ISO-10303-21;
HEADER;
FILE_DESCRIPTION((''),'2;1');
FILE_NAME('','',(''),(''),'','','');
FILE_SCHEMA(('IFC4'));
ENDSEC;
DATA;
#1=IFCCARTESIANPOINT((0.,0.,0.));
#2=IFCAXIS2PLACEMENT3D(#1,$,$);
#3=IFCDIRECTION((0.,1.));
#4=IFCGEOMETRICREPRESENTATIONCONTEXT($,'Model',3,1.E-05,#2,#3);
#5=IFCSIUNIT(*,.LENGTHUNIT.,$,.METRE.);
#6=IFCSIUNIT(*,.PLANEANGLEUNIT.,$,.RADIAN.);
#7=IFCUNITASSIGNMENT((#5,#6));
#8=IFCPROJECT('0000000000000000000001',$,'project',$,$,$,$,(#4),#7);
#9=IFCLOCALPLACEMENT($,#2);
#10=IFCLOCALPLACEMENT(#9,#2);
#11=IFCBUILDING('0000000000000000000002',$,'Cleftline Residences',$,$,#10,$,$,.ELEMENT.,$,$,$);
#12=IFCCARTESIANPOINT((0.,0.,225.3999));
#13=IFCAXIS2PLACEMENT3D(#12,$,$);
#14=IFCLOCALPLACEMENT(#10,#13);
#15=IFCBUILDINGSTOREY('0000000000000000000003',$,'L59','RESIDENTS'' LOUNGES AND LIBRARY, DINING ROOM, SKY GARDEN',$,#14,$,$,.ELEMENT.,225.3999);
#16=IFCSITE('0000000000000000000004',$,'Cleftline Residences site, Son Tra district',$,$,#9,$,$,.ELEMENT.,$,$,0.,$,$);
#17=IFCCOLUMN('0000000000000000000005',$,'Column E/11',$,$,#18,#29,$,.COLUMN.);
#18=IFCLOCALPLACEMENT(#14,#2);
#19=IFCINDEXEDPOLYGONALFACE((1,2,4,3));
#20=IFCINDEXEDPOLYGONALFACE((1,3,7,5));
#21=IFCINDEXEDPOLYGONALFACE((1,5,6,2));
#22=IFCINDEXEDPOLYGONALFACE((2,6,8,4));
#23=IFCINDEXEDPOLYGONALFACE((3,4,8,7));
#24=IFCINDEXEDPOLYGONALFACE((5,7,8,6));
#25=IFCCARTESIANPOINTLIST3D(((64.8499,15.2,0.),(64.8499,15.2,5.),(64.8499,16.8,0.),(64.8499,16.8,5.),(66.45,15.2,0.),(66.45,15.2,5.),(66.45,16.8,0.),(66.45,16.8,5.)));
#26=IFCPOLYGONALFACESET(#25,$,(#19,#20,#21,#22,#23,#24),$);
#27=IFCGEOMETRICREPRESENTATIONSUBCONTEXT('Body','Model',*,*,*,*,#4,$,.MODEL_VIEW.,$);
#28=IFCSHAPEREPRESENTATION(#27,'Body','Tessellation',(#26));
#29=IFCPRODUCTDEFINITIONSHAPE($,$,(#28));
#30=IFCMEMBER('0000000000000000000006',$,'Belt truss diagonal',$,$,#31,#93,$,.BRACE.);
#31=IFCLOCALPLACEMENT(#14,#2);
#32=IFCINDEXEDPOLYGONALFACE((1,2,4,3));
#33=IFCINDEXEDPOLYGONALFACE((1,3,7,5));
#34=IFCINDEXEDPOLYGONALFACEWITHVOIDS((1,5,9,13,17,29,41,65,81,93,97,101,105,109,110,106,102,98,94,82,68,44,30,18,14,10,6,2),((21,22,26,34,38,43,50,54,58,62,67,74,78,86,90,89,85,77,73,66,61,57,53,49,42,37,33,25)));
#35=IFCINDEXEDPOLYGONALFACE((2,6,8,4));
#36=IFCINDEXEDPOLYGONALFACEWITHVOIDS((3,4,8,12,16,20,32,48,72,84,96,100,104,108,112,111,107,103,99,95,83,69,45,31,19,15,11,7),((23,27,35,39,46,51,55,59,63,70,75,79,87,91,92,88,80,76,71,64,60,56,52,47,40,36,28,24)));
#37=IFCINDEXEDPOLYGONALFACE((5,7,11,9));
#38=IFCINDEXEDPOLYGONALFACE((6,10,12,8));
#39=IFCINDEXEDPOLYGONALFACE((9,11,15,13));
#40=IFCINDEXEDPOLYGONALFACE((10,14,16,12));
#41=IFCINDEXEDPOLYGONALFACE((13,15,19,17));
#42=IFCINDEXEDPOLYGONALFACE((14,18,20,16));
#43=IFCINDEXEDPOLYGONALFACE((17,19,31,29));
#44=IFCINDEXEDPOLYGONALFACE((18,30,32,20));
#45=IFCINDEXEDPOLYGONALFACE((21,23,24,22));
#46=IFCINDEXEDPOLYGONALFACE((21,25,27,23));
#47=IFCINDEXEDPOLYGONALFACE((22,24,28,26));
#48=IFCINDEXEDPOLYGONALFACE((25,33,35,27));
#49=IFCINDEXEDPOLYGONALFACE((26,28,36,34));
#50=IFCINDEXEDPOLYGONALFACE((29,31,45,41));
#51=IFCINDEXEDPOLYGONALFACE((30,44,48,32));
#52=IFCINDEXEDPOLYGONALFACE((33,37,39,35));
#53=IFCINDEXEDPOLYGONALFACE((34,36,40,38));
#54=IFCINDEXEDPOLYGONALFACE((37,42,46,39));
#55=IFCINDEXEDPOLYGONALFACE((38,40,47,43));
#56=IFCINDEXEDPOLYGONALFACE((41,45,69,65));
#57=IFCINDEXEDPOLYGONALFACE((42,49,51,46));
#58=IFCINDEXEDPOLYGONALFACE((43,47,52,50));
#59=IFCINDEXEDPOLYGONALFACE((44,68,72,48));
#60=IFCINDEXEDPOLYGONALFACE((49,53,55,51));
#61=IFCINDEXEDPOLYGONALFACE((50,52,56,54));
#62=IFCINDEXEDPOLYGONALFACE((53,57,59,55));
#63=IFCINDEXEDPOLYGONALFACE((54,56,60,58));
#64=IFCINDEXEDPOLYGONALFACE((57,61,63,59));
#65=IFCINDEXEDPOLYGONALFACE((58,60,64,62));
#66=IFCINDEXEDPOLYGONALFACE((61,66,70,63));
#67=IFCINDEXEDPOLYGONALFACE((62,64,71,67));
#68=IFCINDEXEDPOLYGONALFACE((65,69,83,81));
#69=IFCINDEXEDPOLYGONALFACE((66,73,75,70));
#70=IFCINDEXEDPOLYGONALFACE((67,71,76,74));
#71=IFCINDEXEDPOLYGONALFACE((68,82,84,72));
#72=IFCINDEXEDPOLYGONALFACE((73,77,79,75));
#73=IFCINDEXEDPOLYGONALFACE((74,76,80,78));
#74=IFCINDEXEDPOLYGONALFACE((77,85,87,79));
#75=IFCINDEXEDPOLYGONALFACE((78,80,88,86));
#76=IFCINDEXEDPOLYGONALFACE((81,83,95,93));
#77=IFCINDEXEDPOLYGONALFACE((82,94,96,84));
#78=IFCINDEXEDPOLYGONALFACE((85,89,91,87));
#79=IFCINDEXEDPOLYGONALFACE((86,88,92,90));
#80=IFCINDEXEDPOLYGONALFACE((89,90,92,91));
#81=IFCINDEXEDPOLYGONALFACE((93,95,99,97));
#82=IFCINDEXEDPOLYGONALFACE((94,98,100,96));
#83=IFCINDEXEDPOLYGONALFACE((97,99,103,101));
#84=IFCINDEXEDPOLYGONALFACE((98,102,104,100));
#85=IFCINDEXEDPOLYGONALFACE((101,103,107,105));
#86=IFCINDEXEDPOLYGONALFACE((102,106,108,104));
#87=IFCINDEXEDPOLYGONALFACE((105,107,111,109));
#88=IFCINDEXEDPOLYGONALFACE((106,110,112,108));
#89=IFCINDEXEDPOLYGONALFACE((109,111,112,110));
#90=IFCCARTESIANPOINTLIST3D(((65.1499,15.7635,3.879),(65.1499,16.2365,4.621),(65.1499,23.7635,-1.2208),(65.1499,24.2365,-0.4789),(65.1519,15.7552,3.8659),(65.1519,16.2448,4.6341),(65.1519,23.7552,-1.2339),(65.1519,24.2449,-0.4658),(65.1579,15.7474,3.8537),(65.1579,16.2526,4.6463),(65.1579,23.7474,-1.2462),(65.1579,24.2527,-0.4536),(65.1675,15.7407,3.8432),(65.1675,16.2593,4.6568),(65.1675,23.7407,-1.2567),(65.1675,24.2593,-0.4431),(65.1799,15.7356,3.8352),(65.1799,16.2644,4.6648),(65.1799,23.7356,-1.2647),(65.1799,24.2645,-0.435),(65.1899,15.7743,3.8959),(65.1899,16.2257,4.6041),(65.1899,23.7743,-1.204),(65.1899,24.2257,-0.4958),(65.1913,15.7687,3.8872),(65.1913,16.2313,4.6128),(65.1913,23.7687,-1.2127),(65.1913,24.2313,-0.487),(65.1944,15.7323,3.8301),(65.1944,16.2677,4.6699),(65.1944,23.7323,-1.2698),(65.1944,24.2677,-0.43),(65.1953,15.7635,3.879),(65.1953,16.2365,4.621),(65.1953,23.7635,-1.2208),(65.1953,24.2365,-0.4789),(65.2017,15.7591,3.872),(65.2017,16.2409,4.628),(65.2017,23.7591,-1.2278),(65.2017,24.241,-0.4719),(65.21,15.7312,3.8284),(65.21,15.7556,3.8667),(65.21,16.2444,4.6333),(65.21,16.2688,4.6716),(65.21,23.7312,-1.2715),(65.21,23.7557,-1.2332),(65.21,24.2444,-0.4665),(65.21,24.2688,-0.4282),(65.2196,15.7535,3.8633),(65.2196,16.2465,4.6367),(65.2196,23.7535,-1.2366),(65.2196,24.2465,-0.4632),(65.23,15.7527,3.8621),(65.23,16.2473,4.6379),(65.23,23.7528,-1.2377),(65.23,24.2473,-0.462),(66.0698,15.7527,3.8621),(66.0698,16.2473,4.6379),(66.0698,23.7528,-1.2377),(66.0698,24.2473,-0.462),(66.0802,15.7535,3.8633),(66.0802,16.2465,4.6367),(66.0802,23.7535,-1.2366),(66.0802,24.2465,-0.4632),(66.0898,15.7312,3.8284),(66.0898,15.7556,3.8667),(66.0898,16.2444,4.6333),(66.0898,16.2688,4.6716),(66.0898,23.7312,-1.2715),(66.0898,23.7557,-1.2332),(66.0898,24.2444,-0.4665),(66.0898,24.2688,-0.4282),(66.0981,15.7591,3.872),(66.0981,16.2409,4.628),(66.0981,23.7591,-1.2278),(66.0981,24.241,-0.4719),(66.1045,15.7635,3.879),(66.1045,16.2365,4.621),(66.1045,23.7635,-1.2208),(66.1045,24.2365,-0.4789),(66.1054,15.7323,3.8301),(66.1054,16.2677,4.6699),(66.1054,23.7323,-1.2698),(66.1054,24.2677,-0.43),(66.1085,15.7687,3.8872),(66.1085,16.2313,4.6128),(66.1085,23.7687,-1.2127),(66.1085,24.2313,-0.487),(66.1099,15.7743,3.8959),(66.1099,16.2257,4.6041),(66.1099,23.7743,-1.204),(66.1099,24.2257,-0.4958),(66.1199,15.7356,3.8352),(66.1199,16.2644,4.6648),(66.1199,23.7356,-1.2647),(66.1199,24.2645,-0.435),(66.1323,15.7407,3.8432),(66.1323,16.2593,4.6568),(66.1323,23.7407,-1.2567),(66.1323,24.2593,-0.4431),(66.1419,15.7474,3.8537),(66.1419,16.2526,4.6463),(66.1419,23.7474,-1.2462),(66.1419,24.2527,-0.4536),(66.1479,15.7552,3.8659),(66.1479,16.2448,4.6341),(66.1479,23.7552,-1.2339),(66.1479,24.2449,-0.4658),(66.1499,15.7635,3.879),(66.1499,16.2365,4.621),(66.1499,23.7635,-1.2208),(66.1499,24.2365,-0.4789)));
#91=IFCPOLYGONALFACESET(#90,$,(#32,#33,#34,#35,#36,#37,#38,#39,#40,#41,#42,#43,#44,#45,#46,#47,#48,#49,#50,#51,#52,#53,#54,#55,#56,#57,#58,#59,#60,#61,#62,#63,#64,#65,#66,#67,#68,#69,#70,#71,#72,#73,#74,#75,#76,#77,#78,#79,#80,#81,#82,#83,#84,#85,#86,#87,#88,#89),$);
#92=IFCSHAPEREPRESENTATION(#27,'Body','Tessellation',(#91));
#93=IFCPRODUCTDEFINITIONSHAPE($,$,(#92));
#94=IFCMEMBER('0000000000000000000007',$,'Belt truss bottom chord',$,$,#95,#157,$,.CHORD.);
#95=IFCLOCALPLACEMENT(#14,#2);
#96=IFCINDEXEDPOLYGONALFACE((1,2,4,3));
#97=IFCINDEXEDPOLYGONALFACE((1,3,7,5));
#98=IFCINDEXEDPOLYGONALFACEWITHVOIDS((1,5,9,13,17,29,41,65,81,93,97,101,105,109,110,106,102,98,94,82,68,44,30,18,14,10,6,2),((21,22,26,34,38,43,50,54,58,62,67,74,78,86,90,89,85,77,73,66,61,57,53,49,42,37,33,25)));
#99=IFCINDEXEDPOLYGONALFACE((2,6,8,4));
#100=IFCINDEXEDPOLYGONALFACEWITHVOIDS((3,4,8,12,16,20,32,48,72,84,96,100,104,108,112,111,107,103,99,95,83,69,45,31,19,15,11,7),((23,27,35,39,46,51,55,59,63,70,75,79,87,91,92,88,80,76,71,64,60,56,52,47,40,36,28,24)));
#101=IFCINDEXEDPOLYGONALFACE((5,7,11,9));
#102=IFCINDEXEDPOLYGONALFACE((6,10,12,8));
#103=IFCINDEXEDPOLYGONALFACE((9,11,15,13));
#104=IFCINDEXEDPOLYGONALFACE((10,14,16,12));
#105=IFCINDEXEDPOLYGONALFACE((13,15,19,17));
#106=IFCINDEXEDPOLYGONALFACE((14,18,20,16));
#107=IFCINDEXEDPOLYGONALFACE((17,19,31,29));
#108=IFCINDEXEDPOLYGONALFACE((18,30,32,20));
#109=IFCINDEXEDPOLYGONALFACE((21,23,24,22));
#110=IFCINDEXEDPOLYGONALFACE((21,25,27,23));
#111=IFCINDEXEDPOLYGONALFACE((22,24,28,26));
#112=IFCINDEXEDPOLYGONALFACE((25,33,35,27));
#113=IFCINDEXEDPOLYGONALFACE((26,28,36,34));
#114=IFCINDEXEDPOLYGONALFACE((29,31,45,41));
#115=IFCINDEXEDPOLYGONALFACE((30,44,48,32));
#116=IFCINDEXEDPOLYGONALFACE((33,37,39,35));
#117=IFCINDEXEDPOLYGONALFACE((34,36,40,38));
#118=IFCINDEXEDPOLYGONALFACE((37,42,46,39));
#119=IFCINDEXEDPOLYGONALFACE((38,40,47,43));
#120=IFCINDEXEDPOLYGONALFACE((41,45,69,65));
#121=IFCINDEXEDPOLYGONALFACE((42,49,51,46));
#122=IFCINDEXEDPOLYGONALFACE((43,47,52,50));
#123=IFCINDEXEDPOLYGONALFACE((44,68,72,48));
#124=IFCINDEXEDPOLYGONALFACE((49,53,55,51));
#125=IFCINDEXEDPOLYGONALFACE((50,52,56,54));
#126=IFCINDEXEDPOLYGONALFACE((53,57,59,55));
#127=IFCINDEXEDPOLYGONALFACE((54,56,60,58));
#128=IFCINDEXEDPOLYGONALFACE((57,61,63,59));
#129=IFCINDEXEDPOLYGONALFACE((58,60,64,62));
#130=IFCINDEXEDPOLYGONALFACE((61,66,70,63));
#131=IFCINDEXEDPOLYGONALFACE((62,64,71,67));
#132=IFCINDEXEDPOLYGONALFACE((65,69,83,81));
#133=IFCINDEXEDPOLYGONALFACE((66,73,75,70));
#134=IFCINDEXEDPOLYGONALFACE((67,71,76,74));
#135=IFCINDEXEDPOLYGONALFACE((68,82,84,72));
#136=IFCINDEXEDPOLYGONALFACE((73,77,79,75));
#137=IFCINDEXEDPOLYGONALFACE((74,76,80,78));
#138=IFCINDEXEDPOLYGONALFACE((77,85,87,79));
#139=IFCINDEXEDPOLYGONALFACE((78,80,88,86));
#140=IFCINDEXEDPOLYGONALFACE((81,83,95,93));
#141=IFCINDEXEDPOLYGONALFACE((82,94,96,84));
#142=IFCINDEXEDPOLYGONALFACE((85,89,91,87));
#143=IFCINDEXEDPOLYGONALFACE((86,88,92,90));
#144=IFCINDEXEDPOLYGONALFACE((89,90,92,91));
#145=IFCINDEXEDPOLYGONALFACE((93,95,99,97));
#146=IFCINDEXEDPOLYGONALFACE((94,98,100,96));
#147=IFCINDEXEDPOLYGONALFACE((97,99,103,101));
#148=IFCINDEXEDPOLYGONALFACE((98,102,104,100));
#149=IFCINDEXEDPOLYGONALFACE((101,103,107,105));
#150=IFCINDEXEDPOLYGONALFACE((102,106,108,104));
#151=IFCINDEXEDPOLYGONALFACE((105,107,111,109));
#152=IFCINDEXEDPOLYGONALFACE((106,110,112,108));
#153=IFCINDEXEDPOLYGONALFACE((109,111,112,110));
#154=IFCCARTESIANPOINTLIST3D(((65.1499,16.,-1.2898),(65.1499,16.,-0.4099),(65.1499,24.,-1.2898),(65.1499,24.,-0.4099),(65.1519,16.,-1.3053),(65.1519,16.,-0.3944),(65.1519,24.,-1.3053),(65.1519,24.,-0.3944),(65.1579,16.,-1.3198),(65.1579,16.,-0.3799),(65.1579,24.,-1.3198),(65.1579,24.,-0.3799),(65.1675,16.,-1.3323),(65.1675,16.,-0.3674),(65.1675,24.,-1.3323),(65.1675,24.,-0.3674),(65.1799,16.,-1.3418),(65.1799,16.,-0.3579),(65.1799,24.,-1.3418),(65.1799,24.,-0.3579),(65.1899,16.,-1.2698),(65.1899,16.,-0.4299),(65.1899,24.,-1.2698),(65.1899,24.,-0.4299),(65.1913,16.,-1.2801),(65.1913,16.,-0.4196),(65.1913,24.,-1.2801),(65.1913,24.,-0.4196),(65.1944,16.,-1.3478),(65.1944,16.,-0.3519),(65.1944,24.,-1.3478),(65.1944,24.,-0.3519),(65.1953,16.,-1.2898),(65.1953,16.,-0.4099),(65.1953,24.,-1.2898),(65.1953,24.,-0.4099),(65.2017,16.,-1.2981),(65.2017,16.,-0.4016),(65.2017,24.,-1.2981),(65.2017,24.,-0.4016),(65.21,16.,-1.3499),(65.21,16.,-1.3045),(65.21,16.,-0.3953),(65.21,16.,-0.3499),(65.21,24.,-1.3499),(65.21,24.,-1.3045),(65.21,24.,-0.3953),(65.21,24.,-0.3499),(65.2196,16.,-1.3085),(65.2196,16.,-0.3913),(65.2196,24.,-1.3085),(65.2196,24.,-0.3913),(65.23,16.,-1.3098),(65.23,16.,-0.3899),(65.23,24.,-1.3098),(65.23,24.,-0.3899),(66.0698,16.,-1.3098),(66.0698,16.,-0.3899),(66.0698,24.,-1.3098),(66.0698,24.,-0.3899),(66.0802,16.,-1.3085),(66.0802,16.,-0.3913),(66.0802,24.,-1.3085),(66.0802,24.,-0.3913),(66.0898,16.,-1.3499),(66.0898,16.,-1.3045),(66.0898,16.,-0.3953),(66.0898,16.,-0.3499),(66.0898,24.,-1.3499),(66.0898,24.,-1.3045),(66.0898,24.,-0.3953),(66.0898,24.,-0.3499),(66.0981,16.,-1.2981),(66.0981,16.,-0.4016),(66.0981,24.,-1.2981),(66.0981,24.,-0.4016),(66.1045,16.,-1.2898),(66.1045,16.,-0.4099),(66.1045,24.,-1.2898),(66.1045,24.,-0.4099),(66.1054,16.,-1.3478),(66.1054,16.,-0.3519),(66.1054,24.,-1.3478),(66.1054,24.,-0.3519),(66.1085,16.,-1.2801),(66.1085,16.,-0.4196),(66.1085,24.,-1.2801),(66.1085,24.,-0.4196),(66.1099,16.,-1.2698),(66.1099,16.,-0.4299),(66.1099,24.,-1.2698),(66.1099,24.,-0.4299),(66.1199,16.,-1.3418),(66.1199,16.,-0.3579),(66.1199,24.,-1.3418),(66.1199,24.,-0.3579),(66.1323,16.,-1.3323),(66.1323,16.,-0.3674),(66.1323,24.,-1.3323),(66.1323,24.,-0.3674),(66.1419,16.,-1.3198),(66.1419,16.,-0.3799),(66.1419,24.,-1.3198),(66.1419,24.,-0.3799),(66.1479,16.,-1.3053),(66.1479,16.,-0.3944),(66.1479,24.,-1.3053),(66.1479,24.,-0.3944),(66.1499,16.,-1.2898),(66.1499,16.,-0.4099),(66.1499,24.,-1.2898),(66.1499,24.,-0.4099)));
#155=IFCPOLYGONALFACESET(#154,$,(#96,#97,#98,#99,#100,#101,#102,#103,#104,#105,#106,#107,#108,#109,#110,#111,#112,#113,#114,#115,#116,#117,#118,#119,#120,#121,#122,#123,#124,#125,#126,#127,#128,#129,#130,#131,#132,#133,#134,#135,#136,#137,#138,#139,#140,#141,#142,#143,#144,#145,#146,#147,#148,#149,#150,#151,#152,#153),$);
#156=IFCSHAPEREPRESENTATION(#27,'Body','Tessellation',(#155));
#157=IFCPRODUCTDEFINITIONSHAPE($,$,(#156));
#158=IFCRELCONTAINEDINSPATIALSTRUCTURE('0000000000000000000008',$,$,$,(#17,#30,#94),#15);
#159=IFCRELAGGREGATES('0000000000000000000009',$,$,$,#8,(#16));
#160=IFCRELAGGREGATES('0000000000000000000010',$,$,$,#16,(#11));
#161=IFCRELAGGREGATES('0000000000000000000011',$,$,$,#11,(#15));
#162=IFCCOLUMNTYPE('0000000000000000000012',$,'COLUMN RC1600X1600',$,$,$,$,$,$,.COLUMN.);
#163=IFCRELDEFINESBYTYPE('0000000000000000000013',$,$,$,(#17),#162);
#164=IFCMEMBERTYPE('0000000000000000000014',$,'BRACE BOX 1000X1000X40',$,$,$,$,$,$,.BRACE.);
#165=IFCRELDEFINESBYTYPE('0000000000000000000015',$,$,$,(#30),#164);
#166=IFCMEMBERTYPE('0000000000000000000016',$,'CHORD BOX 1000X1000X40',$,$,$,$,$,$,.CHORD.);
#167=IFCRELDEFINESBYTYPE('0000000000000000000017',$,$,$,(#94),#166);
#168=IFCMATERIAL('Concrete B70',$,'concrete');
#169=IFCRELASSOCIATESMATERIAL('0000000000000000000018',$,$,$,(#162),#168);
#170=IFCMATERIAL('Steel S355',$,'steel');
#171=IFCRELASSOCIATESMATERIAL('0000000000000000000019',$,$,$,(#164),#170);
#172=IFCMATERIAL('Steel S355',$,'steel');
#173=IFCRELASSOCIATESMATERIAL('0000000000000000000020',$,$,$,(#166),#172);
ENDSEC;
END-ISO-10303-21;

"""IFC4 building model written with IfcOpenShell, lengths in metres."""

from ifc_helpers import new_model, si_unit, direction, frame, origin, origin_2d, place, context, subcontext, project, spatial, rectangle, hollow_rectangle, extrude, material, material_profile, profile_set, type_object, element, save


model = new_model("IFC4")

# Units and contexts
model_context = context("Model", 3, precision=1e-05, world=origin(), true_north=direction((0.0, 1.0)))
body_context = subcontext(model_context, "Body", "Model", "MODEL_VIEW")
ifc_project = project(units=[si_unit("LENGTHUNIT", "METRE"), si_unit("PLANEANGLEUNIT", "RADIAN")], contexts=[model_context])

# Site, building, storey
site_placement = place(None, origin())
site = spatial("IfcSite", under=ifc_project, at=site_placement, Name="Cleftline Residences site, Son Tra district", CompositionType="ELEMENT", RefElevation=0.0)
building_placement = place(site_placement, origin())
building = spatial("IfcBuilding", under=site, at=building_placement, Name="Cleftline Residences", CompositionType="ELEMENT")
storey_placement = place(building_placement, frame((0.0, 0.0, 225.3999)))
storey = spatial("IfcBuildingStorey", under=building, at=storey_placement, Name="L59", Description="RESIDENTS' LOUNGES AND LIBRARY, DINING ROOM, SKY GARDEN", CompositionType="ELEMENT", Elevation=225.3999)

# Column
ifc_material_1 = material(Name="Concrete B70", Category="concrete")
ifc_material_profile_1 = material_profile(ifc_material_1, rectangle(XDim=1.6001, YDim=1.6001, at=origin_2d()))
ifc_profile_set_1 = profile_set([ifc_material_profile_1], Name="Concrete B70")
column_type = type_object("IfcColumnType", Name="COLUMN RC1600X1600", PredefinedType="COLUMN", material=ifc_profile_set_1)
column_placement = place(storey_placement, frame((65.6499, 16.0, 0.0), z_axis=(0.0, 0.0, 1.0), x_axis=(1.0, 0.0, 0.0)))
element("IfcColumn", 1, at=column_placement, inside=storey, type_object=column_type, Name="Column E/11", PredefinedType="COLUMN", context=body_context, shape_type="SweptSolid", body=[
    extrude(rectangle(XDim=1.6001, YDim=1.6001, at=origin_2d()), origin(), (0.0, 0.0, 1.0), 5.0),
])

# Members
ifc_material_2 = material(Name="Steel S355", Category="steel")
ifc_material_profile_2 = material_profile(ifc_material_2, hollow_rectangle(XDim=1.0, YDim=1.0, WallThickness=0.04, InnerFilletRadius=0.04, OuterFilletRadius=0.0601, at=origin_2d()))
ifc_profile_set_2 = profile_set([ifc_material_profile_2], Name="Steel S355")
member_type_1 = type_object("IfcMemberType", Name="BRACE BOX 1000X1000X40", PredefinedType="BRACE", material=ifc_profile_set_2)
member_1_placement = place(storey_placement, frame((65.6499, 16.0, 4.25), z_axis=(0.0, 0.843234, -0.537546), x_axis=(0.0, 0.537546, 0.843234)))
element("IfcMember", 2, at=member_1_placement, inside=storey, type_object=member_type_1, Name="Belt truss diagonal", PredefinedType="BRACE", context=body_context, shape_type="SweptSolid", body=[
    extrude(hollow_rectangle(XDim=1.0, YDim=1.0, WallThickness=0.04, InnerFilletRadius=0.04, OuterFilletRadius=0.0601, at=origin_2d()), origin(), (0.0, 0.0, 1.0), 9.4873),
])
ifc_material_3 = material(Name="Steel S355", Category="steel")
ifc_material_profile_3 = material_profile(ifc_material_3, hollow_rectangle(XDim=1.0, YDim=1.0, WallThickness=0.04, InnerFilletRadius=0.04, OuterFilletRadius=0.0601, at=origin_2d()))
ifc_profile_set_3 = profile_set([ifc_material_profile_3], Name="Steel S355")
member_type_2 = type_object("IfcMemberType", Name="CHORD BOX 1000X1000X40", PredefinedType="CHORD", material=ifc_profile_set_3)
for number, where, z_axis, x_axis, name in (
    (3, (65.6499, 16.0, -0.8499), (0.0, 1.0, 0.0), (-1.0, 0.0, 0.0), "Belt truss bottom chord"),
):
    element("IfcMember", number, at=place(storey_placement, frame(where, z_axis=z_axis, x_axis=x_axis)), inside=storey, type_object=member_type_2, Name=name, PredefinedType="CHORD", context=body_context, shape_type="SweptSolid", body=[
        extrude(hollow_rectangle(XDim=1.0, YDim=1.0, WallThickness=0.04, InnerFilletRadius=0.04, OuterFilletRadius=0.0601, at=origin_2d()), origin(), (0.0, 0.0, 1.0), 8.0),
    ])

save(model, "model.ifc")
